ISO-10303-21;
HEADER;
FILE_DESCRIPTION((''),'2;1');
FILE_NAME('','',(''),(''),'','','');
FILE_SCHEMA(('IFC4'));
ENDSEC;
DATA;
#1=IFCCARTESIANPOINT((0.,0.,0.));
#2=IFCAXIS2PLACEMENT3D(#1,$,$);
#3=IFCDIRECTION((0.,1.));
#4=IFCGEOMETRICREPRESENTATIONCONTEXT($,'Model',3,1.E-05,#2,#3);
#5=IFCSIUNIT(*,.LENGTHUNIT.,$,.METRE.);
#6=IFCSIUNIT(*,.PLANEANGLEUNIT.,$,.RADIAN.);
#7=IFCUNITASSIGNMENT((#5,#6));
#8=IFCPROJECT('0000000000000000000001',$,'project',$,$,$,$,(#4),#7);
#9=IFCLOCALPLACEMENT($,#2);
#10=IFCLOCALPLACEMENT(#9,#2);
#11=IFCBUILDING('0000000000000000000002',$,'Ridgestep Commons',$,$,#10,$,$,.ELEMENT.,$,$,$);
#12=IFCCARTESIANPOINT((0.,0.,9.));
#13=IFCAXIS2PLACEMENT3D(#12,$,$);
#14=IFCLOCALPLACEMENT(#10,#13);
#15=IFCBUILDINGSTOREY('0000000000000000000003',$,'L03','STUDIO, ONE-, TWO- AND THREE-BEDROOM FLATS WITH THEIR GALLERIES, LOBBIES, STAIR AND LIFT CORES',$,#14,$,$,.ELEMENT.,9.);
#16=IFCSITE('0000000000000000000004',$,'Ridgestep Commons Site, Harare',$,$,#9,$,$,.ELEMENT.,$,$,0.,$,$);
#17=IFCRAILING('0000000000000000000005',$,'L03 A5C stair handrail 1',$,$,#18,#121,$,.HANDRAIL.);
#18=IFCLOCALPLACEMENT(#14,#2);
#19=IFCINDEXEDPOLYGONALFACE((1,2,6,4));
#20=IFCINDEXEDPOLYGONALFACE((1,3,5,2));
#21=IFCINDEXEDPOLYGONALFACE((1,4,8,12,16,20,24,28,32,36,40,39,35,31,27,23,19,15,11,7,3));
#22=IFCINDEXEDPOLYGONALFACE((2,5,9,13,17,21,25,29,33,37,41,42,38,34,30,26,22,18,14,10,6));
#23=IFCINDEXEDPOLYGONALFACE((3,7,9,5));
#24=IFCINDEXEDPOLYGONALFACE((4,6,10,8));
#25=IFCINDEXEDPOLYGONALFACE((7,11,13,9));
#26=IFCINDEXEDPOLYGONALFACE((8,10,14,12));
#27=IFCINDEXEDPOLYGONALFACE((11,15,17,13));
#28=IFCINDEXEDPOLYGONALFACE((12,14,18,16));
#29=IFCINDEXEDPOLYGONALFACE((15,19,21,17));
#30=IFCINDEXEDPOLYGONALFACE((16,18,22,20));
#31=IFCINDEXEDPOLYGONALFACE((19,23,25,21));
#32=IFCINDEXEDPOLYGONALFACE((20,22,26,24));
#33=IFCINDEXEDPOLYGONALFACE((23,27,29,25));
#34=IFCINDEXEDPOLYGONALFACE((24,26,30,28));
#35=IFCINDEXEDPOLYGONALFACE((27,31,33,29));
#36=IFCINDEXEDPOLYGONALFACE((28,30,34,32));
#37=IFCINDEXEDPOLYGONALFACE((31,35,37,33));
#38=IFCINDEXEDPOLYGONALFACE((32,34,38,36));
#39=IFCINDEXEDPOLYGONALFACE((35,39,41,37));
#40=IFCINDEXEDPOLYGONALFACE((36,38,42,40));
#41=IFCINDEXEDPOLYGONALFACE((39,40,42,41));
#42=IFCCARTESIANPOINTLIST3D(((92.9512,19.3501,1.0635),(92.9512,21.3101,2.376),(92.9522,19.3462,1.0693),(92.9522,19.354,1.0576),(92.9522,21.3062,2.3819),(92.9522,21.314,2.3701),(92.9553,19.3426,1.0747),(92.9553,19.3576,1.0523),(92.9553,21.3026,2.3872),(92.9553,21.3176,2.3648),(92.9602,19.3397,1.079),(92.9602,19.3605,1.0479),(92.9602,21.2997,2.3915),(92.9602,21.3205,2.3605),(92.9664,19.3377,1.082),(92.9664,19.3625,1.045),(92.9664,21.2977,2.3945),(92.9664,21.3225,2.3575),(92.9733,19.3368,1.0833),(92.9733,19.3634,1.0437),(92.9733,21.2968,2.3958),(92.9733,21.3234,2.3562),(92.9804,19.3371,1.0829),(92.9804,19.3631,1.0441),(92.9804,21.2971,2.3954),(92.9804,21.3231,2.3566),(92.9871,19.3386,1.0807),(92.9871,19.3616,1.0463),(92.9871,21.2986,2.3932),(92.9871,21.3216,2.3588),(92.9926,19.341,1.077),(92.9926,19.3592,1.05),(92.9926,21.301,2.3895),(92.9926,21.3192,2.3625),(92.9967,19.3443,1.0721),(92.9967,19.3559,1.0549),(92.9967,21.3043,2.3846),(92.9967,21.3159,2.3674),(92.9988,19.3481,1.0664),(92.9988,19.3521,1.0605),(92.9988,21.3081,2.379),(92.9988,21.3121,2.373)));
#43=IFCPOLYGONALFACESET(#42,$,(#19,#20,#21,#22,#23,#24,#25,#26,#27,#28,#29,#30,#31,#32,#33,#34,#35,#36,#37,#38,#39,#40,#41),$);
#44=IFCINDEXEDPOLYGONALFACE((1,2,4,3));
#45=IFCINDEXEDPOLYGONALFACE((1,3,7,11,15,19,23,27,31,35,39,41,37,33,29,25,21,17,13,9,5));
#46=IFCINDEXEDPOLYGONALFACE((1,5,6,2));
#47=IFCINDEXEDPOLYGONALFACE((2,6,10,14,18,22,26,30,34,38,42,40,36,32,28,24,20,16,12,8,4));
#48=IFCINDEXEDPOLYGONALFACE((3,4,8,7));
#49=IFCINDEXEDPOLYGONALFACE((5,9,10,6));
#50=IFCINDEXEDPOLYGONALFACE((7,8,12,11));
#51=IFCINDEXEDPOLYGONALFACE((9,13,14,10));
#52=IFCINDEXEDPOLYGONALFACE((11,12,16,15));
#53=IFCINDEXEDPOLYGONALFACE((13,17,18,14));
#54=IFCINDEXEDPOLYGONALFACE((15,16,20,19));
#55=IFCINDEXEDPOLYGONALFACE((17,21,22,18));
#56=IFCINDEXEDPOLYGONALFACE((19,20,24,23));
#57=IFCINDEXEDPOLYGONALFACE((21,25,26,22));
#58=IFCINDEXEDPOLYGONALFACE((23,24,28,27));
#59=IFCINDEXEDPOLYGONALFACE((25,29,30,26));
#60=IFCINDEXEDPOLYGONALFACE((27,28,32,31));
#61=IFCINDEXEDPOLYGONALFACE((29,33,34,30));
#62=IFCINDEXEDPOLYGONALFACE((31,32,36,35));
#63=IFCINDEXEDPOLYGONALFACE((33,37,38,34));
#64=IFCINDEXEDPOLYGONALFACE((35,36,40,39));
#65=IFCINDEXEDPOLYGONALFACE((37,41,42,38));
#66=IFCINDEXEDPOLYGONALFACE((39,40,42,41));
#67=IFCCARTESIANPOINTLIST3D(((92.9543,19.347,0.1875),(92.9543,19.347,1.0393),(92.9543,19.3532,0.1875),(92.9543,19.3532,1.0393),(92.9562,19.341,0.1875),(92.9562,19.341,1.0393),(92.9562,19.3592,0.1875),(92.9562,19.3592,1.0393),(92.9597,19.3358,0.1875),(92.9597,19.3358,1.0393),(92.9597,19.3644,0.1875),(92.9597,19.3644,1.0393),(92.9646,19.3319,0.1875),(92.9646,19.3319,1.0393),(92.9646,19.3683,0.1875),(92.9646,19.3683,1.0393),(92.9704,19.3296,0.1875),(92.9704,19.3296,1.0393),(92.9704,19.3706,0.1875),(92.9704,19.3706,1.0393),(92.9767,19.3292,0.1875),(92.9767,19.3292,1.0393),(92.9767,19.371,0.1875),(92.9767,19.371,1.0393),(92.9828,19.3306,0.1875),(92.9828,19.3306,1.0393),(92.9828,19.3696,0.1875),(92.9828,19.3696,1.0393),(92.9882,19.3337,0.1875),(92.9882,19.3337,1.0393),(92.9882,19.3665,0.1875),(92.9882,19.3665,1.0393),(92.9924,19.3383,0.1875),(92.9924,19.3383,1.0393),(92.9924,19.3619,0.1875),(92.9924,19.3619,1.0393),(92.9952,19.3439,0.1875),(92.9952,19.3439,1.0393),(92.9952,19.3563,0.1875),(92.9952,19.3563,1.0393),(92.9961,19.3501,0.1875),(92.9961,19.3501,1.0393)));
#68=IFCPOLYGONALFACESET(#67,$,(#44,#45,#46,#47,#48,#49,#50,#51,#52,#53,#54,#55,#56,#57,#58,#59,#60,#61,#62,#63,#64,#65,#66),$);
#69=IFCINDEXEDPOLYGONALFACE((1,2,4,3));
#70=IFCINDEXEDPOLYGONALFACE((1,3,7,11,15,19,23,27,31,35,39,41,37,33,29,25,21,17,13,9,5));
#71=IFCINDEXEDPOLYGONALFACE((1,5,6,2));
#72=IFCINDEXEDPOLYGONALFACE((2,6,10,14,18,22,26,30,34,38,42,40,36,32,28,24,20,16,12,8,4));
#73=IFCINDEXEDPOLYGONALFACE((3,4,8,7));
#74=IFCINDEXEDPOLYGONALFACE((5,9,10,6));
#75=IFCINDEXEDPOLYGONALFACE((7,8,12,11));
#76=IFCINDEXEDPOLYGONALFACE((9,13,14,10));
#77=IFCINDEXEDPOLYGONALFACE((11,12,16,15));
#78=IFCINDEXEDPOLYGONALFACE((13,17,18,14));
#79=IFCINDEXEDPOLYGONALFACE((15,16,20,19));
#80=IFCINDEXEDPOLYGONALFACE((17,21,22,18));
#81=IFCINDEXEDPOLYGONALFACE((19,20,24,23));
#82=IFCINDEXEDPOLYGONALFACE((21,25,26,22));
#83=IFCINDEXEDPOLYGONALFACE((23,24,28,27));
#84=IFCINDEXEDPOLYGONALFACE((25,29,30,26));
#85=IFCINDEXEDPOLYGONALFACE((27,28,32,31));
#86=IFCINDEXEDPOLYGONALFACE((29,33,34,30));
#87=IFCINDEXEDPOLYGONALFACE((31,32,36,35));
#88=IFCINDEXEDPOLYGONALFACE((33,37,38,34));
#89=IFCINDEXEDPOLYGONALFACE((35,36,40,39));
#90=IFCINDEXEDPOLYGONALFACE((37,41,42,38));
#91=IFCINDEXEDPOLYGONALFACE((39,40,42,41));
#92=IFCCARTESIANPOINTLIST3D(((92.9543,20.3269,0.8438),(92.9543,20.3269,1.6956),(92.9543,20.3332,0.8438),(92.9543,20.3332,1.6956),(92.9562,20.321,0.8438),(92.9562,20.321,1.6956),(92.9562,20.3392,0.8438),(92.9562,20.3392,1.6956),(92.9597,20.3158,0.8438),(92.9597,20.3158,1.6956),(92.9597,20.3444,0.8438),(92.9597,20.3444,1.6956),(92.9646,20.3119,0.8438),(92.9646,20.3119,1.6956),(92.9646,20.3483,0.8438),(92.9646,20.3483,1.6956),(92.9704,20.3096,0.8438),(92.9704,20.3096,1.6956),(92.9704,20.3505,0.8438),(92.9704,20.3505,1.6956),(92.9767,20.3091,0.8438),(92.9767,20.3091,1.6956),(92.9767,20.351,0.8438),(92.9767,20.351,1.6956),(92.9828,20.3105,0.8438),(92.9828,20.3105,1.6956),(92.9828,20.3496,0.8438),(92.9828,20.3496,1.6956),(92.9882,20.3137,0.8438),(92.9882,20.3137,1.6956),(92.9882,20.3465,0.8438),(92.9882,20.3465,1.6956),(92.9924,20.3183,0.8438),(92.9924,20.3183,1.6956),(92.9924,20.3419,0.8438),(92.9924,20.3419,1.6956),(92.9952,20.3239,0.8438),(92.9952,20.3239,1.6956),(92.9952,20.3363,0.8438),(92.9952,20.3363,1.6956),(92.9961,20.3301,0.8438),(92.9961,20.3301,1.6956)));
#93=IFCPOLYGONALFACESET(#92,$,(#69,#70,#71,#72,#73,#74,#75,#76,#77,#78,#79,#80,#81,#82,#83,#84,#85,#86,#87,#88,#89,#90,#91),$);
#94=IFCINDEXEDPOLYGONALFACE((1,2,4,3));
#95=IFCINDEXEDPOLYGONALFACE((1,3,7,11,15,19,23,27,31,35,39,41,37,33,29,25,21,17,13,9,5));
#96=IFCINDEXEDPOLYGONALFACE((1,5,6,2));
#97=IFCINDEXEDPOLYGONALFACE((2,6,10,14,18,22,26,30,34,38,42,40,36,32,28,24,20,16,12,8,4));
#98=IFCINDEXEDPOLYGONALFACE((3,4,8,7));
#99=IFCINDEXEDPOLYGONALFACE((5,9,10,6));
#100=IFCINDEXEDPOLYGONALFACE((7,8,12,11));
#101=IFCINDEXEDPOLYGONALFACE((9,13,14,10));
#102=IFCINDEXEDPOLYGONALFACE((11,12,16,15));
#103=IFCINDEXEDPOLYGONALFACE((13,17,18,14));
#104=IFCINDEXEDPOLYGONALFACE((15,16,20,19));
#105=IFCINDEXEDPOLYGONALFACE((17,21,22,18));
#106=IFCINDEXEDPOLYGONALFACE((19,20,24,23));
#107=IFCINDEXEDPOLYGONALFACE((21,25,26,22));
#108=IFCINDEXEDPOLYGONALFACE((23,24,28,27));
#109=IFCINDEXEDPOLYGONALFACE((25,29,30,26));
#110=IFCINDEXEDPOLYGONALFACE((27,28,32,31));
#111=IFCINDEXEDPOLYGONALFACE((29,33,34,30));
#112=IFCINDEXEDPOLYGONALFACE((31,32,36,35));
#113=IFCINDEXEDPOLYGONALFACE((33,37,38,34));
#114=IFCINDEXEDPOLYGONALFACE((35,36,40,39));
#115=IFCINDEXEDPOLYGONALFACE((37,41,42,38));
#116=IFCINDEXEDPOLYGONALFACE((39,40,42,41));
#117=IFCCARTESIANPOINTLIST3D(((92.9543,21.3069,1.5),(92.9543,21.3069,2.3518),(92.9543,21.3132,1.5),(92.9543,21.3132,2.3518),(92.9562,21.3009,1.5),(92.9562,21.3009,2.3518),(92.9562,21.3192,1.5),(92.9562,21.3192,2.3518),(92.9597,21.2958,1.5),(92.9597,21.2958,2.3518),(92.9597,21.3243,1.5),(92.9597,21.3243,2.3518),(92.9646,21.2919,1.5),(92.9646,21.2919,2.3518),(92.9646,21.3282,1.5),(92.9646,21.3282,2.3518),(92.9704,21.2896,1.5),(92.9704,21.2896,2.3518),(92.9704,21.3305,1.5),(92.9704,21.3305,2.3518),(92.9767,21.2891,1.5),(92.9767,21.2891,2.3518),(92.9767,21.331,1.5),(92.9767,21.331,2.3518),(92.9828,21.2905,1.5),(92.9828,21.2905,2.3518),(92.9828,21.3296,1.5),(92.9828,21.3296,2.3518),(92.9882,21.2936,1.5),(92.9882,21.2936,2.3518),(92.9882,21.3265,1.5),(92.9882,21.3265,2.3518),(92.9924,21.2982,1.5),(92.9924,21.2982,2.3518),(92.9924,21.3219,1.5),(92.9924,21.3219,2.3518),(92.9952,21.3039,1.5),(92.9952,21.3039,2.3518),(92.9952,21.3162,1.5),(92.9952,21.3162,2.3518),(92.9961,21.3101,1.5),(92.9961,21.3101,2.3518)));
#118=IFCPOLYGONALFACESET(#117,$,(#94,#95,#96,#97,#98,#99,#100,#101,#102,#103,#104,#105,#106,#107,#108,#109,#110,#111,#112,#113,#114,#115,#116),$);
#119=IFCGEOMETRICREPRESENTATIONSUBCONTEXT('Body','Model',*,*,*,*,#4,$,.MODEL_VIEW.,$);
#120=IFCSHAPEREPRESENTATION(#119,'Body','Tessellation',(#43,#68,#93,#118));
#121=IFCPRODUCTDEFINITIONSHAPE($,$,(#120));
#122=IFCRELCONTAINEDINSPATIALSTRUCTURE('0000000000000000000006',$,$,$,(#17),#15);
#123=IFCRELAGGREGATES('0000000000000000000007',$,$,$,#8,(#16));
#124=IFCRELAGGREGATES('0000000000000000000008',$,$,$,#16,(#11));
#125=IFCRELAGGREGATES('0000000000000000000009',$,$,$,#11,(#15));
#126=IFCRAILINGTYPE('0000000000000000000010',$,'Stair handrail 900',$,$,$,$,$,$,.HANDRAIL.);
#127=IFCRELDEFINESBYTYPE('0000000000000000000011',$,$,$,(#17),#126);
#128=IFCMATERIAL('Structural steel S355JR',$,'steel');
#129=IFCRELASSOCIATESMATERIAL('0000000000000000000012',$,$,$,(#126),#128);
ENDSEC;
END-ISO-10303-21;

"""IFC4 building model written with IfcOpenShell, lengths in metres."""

from ifc_helpers import new_model, si_unit, direction, frame, origin, origin_2d, place, context, subcontext, project, spatial, circle, extrude, material, type_object, element, save


model = new_model("IFC4")

# Units and contexts
model_context = context("Model", 3, precision=1e-05, world=origin(), true_north=direction((0.0, 1.0)))
body_context = subcontext(model_context, "Body", "Model", "MODEL_VIEW")
ifc_project = project(units=[si_unit("LENGTHUNIT", "METRE"), si_unit("PLANEANGLEUNIT", "RADIAN")], contexts=[model_context])

# Site, building, storey
site_placement = place(None, origin())
site = spatial("IfcSite", under=ifc_project, at=site_placement, Name="Ridgestep Commons Site, Harare", CompositionType="ELEMENT", RefElevation=0.0)
building_placement = place(site_placement, origin())
building = spatial("IfcBuilding", under=site, at=building_placement, Name="Ridgestep Commons", CompositionType="ELEMENT")
storey_placement = place(building_placement, frame((0.0, 0.0, 9.0)))
storey = spatial("IfcBuildingStorey", under=building, at=storey_placement, Name="L03", Description="STUDIO, ONE-, TWO- AND THREE-BEDROOM FLATS WITH THEIR GALLERIES, LOBBIES, STAIR AND LIFT CORES", CompositionType="ELEMENT", Elevation=9.0)

# Railing
ifc_material_1 = material(Name="Structural steel S355JR", Category="steel")
railing_type_1 = type_object("IfcRailingType", Name="Stair handrail 900", PredefinedType="HANDRAIL", material=ifc_material_1)
railing_1_placement = place(storey_placement, frame((92.9751, 19.3501, 0.1875)))
element("IfcRailing", 1, at=railing_1_placement, inside=storey, type_object=railing_type_1, Name="L03 A5C stair handrail 1", PredefinedType="HANDRAIL", context=body_context, shape_type="SweptSolid", body=[
    extrude(circle(Radius=0.0239, at=origin_2d()), frame((0.0, 0.0, 0.876), z_axis=(0.0, 0.830902, 0.556419), x_axis=(-1.0, 0.0, 0.0)), (0.0, 0.0, 1.0), 2.3589),
    extrude(circle(Radius=0.021, at=origin_2d()), origin(), (0.0, 0.0, 1.0), 0.8518),
    extrude(circle(Radius=0.021, at=origin_2d()), frame((0.0, 0.98, 0.6562)), (0.0, 0.0, 1.0), 0.8518),
    extrude(circle(Radius=0.021, at=origin_2d()), frame((0.0, 1.96, 1.3125)), (0.0, 0.0, 1.0), 0.8518),
])

save(model, "model.ifc")
